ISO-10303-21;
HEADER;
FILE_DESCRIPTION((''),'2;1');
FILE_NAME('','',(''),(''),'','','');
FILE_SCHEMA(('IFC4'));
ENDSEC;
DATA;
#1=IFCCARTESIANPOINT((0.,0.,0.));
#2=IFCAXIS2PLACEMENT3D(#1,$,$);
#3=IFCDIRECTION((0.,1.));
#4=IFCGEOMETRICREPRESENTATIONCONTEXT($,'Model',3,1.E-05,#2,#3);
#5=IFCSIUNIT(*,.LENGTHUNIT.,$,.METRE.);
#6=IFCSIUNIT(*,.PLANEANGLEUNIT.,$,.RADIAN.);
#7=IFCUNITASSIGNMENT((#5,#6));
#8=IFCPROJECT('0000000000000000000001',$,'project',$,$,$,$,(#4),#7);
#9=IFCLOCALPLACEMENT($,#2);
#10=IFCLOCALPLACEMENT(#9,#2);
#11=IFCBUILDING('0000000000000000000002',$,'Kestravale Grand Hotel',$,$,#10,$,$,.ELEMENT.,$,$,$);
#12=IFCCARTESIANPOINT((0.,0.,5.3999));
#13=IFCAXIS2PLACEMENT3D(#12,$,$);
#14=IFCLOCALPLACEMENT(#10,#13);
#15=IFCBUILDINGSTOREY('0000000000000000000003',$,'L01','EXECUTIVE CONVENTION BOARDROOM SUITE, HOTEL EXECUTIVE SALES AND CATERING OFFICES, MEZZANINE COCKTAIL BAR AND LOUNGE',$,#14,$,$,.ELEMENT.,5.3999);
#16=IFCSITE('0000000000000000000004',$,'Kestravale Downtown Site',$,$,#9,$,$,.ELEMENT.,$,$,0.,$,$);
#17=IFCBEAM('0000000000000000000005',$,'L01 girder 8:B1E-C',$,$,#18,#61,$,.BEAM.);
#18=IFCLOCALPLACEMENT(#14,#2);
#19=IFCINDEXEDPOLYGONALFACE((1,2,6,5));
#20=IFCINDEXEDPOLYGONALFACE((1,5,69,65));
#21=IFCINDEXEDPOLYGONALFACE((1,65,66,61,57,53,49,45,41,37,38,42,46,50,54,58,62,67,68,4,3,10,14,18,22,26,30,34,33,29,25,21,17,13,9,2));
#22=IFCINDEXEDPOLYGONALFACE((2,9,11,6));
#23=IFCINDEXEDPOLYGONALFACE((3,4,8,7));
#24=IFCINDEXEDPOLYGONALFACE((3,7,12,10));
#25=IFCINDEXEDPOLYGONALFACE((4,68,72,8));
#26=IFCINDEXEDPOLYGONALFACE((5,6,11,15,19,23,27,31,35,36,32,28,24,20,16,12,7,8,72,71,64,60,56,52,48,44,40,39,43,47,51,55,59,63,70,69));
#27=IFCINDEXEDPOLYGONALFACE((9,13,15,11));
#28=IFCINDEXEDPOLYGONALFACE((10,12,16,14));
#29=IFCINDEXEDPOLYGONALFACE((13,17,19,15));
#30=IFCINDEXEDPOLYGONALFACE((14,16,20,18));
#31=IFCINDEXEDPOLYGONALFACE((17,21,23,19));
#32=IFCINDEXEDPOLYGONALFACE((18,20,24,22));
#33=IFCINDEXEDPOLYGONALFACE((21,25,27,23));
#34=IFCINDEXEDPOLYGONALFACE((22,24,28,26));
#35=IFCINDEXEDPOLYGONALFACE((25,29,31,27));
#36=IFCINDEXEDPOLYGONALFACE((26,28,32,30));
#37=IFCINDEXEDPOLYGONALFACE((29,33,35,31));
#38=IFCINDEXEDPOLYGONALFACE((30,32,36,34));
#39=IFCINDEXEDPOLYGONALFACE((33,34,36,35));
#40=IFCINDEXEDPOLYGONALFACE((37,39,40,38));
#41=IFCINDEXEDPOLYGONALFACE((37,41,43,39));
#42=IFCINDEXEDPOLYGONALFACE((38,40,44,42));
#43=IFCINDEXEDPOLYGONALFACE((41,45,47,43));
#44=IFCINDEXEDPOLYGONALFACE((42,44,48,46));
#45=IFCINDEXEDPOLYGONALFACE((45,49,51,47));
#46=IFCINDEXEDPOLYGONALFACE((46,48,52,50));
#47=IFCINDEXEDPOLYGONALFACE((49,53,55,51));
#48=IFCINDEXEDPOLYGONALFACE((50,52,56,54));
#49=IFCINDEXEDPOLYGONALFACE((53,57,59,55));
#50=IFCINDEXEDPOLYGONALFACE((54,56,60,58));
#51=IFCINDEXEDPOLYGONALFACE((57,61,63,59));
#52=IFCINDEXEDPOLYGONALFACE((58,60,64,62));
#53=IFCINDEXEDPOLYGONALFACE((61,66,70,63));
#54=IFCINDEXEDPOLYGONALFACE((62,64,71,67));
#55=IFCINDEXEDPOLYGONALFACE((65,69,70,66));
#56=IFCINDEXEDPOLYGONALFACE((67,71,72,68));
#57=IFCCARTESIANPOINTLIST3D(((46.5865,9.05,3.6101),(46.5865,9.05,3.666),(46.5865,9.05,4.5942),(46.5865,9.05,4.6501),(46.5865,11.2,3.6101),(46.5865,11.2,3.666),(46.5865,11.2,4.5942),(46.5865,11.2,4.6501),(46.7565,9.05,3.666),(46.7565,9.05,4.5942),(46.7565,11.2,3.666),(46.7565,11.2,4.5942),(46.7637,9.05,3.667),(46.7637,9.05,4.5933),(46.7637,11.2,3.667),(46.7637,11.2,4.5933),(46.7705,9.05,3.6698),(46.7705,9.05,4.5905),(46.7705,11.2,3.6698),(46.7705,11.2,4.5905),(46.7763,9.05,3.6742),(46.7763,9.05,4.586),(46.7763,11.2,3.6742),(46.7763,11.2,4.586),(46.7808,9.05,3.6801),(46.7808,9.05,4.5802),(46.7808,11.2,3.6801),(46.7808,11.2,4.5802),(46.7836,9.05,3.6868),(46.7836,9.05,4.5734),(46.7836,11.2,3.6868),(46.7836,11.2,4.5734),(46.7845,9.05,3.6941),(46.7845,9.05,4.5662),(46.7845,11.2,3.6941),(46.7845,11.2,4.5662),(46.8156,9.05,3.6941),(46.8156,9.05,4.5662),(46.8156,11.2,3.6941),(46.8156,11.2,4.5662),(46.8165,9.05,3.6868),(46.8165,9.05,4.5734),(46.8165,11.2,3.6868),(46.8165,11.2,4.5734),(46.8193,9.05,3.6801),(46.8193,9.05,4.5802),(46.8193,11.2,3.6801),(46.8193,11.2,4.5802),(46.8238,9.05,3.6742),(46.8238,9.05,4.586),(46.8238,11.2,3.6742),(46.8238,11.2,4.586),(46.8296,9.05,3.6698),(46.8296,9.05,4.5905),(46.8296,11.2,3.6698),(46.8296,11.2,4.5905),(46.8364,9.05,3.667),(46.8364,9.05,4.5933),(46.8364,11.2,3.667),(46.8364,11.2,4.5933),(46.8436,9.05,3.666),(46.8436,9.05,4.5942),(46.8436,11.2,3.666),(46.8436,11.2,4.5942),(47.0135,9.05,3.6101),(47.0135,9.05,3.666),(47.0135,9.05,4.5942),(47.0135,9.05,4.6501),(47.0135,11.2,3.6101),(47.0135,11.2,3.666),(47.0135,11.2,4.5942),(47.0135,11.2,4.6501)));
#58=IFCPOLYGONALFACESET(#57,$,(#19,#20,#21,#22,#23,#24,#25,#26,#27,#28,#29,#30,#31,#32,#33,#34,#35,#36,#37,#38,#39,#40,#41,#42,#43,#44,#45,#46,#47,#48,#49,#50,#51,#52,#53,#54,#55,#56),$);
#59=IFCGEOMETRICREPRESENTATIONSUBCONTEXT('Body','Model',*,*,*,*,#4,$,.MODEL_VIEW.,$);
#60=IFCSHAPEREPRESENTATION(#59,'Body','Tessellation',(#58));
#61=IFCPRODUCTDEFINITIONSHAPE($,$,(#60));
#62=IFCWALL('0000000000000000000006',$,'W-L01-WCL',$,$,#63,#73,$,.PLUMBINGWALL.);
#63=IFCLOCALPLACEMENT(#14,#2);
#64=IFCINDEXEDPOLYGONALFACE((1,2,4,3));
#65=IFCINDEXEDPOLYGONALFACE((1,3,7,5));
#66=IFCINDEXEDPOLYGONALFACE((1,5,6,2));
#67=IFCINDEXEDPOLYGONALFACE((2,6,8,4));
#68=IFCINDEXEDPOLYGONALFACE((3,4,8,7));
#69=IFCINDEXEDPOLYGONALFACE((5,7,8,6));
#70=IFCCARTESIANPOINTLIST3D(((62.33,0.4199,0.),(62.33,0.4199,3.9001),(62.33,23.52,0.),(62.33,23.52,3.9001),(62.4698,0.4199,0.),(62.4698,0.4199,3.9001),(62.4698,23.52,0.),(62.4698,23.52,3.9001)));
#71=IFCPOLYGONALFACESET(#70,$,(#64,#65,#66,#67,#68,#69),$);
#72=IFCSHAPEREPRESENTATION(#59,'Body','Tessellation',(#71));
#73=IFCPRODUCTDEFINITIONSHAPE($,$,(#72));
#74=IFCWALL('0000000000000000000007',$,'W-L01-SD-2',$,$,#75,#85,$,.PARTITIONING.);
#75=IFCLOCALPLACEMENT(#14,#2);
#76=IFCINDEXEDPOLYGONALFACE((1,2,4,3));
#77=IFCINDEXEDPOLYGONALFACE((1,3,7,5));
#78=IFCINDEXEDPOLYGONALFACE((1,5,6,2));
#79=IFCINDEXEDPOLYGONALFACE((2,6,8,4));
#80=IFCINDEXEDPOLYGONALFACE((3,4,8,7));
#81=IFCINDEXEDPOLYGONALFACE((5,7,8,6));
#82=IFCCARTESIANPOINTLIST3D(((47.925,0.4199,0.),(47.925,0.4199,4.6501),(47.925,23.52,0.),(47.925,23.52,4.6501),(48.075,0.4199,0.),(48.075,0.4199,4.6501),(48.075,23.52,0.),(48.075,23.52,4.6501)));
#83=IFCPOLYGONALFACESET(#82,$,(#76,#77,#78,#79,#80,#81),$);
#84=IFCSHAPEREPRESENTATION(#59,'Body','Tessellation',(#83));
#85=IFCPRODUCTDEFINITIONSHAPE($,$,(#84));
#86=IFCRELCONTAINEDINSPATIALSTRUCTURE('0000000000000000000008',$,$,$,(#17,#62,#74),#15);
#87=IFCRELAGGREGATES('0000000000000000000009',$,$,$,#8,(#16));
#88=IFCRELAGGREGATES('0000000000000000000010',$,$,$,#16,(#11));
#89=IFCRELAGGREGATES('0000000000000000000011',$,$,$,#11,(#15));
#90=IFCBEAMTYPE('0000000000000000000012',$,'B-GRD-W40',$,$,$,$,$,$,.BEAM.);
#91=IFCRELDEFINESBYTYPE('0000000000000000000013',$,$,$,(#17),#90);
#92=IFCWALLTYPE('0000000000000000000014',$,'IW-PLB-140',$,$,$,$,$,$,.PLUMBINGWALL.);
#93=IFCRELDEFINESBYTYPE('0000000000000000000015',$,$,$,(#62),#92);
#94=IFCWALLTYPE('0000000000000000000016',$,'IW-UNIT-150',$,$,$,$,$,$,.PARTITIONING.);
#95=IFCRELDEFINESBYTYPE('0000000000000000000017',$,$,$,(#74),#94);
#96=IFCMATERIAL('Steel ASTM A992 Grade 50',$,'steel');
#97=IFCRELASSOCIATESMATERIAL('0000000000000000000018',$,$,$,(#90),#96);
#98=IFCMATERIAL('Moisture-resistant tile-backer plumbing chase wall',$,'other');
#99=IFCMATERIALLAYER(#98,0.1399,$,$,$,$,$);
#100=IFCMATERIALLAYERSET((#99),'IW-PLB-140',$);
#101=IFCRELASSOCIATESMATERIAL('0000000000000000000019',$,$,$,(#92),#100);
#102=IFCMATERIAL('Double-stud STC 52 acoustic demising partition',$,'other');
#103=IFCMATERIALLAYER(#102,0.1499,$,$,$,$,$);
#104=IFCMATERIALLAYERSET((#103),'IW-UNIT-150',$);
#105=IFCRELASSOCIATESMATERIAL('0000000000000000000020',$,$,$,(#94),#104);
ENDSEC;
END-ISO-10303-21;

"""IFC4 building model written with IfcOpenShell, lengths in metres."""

from ifc_helpers import new_model, si_unit, direction, frame, frame_2d, origin, origin_2d, place, context, subcontext, project, spatial, rectangle, i_section, extrude, material, layer, layer_set, material_profile, profile_set, type_object, element, save


model = new_model("IFC4")

# Units and contexts
model_context = context("Model", 3, precision=1e-05, world=origin(), true_north=direction((0.0, 1.0)))
body_context = subcontext(model_context, "Body", "Model", "MODEL_VIEW")
ifc_project = project(units=[si_unit("LENGTHUNIT", "METRE"), si_unit("PLANEANGLEUNIT", "RADIAN")], contexts=[model_context])

# Site, building, storey
site_placement = place(None, origin())
site = spatial("IfcSite", under=ifc_project, at=site_placement, Name="Kestravale Downtown Site", CompositionType="ELEMENT", RefElevation=0.0)
building_placement = place(site_placement, origin())
building = spatial("IfcBuilding", under=site, at=building_placement, Name="Kestravale Grand Hotel", CompositionType="ELEMENT")
storey_placement = place(building_placement, frame((0.0, 0.0, 5.3999)))
storey = spatial("IfcBuildingStorey", under=building, at=storey_placement, Name="L01", Description="EXECUTIVE CONVENTION BOARDROOM SUITE, HOTEL EXECUTIVE SALES AND CATERING OFFICES, MEZZANINE COCKTAIL BAR AND LOUNGE", CompositionType="ELEMENT", Elevation=5.3999)

# Beam
ifc_material_1 = material(Name="Steel ASTM A992 Grade 50", Category="steel")
ifc_material_profile_1 = material_profile(ifc_material_1, i_section(OverallWidth=0.427, OverallDepth=1.04, WebThickness=0.031, FlangeThickness=0.0559, FilletRadius=0.0281, at=origin_2d()))
ifc_profile_set_1 = profile_set([ifc_material_profile_1], Name="Steel ASTM A992 Grade 50")
beam_type_1 = type_object("IfcBeamType", Name="B-GRD-W40", PredefinedType="BEAM", material=ifc_profile_set_1)
beam_1_placement = place(storey_placement, frame((46.8, 9.05, 4.1301), z_axis=(0.0, 1.0, 0.0), x_axis=(-1.0, 0.0, 0.0)))
element("IfcBeam", 1, at=beam_1_placement, inside=storey, type_object=beam_type_1, Name="L01 girder 8:B1E-C", PredefinedType="BEAM", context=body_context, shape_type="SweptSolid", body=[
    extrude(i_section(OverallWidth=0.427, OverallDepth=1.04, WebThickness=0.031, FlangeThickness=0.0559, FilletRadius=0.0281, at=origin_2d()), origin(), (0.0, 0.0, 1.0), 2.1499),
])

# Walls
ifc_material_2 = material(Name="Moisture-resistant tile-backer plumbing chase wall", Category="other")
ifc_layer_1 = layer(ifc_material_2, 0.1399)
ifc_layer_set_1 = layer_set([ifc_layer_1], Name="IW-PLB-140")
wall_type_1 = type_object("IfcWallType", Name="IW-PLB-140", PredefinedType="PLUMBINGWALL", material=ifc_layer_set_1)
wall_1_placement = place(storey_placement, frame((62.3999, 0.4199, 0.0), z_axis=(0.0, 0.0, 1.0), x_axis=(0.0, 1.0, 0.0)))
element("IfcWall", 2, at=wall_1_placement, inside=storey, type_object=wall_type_1, Name="W-L01-WCL", PredefinedType="PLUMBINGWALL", context=body_context, shape_type="SweptSolid", body=[
    extrude(rectangle(XDim=23.1001, YDim=0.1399, at=frame_2d((11.55, 0.0))), origin(), (0.0, 0.0, 1.0), 3.9001),
])
ifc_material_3 = material(Name="Double-stud STC 52 acoustic demising partition", Category="other")
ifc_layer_2 = layer(ifc_material_3, 0.1499)
ifc_layer_set_2 = layer_set([ifc_layer_2], Name="IW-UNIT-150")
wall_type_2 = type_object("IfcWallType", Name="IW-UNIT-150", PredefinedType="PARTITIONING", material=ifc_layer_set_2)
wall_2_placement = place(storey_placement, frame((48.0, 0.4199, 0.0), z_axis=(0.0, 0.0, 1.0), x_axis=(0.0, 1.0, 0.0)))
element("IfcWall", 3, at=wall_2_placement, inside=storey, type_object=wall_type_2, Name="W-L01-SD-2", PredefinedType="PARTITIONING", context=body_context, shape_type="SweptSolid", body=[
    extrude(rectangle(XDim=23.1001, YDim=0.1499, at=frame_2d((11.55, 0.0))), origin(), (0.0, 0.0, 1.0), 4.6501),
])

save(model, "model.ifc")
